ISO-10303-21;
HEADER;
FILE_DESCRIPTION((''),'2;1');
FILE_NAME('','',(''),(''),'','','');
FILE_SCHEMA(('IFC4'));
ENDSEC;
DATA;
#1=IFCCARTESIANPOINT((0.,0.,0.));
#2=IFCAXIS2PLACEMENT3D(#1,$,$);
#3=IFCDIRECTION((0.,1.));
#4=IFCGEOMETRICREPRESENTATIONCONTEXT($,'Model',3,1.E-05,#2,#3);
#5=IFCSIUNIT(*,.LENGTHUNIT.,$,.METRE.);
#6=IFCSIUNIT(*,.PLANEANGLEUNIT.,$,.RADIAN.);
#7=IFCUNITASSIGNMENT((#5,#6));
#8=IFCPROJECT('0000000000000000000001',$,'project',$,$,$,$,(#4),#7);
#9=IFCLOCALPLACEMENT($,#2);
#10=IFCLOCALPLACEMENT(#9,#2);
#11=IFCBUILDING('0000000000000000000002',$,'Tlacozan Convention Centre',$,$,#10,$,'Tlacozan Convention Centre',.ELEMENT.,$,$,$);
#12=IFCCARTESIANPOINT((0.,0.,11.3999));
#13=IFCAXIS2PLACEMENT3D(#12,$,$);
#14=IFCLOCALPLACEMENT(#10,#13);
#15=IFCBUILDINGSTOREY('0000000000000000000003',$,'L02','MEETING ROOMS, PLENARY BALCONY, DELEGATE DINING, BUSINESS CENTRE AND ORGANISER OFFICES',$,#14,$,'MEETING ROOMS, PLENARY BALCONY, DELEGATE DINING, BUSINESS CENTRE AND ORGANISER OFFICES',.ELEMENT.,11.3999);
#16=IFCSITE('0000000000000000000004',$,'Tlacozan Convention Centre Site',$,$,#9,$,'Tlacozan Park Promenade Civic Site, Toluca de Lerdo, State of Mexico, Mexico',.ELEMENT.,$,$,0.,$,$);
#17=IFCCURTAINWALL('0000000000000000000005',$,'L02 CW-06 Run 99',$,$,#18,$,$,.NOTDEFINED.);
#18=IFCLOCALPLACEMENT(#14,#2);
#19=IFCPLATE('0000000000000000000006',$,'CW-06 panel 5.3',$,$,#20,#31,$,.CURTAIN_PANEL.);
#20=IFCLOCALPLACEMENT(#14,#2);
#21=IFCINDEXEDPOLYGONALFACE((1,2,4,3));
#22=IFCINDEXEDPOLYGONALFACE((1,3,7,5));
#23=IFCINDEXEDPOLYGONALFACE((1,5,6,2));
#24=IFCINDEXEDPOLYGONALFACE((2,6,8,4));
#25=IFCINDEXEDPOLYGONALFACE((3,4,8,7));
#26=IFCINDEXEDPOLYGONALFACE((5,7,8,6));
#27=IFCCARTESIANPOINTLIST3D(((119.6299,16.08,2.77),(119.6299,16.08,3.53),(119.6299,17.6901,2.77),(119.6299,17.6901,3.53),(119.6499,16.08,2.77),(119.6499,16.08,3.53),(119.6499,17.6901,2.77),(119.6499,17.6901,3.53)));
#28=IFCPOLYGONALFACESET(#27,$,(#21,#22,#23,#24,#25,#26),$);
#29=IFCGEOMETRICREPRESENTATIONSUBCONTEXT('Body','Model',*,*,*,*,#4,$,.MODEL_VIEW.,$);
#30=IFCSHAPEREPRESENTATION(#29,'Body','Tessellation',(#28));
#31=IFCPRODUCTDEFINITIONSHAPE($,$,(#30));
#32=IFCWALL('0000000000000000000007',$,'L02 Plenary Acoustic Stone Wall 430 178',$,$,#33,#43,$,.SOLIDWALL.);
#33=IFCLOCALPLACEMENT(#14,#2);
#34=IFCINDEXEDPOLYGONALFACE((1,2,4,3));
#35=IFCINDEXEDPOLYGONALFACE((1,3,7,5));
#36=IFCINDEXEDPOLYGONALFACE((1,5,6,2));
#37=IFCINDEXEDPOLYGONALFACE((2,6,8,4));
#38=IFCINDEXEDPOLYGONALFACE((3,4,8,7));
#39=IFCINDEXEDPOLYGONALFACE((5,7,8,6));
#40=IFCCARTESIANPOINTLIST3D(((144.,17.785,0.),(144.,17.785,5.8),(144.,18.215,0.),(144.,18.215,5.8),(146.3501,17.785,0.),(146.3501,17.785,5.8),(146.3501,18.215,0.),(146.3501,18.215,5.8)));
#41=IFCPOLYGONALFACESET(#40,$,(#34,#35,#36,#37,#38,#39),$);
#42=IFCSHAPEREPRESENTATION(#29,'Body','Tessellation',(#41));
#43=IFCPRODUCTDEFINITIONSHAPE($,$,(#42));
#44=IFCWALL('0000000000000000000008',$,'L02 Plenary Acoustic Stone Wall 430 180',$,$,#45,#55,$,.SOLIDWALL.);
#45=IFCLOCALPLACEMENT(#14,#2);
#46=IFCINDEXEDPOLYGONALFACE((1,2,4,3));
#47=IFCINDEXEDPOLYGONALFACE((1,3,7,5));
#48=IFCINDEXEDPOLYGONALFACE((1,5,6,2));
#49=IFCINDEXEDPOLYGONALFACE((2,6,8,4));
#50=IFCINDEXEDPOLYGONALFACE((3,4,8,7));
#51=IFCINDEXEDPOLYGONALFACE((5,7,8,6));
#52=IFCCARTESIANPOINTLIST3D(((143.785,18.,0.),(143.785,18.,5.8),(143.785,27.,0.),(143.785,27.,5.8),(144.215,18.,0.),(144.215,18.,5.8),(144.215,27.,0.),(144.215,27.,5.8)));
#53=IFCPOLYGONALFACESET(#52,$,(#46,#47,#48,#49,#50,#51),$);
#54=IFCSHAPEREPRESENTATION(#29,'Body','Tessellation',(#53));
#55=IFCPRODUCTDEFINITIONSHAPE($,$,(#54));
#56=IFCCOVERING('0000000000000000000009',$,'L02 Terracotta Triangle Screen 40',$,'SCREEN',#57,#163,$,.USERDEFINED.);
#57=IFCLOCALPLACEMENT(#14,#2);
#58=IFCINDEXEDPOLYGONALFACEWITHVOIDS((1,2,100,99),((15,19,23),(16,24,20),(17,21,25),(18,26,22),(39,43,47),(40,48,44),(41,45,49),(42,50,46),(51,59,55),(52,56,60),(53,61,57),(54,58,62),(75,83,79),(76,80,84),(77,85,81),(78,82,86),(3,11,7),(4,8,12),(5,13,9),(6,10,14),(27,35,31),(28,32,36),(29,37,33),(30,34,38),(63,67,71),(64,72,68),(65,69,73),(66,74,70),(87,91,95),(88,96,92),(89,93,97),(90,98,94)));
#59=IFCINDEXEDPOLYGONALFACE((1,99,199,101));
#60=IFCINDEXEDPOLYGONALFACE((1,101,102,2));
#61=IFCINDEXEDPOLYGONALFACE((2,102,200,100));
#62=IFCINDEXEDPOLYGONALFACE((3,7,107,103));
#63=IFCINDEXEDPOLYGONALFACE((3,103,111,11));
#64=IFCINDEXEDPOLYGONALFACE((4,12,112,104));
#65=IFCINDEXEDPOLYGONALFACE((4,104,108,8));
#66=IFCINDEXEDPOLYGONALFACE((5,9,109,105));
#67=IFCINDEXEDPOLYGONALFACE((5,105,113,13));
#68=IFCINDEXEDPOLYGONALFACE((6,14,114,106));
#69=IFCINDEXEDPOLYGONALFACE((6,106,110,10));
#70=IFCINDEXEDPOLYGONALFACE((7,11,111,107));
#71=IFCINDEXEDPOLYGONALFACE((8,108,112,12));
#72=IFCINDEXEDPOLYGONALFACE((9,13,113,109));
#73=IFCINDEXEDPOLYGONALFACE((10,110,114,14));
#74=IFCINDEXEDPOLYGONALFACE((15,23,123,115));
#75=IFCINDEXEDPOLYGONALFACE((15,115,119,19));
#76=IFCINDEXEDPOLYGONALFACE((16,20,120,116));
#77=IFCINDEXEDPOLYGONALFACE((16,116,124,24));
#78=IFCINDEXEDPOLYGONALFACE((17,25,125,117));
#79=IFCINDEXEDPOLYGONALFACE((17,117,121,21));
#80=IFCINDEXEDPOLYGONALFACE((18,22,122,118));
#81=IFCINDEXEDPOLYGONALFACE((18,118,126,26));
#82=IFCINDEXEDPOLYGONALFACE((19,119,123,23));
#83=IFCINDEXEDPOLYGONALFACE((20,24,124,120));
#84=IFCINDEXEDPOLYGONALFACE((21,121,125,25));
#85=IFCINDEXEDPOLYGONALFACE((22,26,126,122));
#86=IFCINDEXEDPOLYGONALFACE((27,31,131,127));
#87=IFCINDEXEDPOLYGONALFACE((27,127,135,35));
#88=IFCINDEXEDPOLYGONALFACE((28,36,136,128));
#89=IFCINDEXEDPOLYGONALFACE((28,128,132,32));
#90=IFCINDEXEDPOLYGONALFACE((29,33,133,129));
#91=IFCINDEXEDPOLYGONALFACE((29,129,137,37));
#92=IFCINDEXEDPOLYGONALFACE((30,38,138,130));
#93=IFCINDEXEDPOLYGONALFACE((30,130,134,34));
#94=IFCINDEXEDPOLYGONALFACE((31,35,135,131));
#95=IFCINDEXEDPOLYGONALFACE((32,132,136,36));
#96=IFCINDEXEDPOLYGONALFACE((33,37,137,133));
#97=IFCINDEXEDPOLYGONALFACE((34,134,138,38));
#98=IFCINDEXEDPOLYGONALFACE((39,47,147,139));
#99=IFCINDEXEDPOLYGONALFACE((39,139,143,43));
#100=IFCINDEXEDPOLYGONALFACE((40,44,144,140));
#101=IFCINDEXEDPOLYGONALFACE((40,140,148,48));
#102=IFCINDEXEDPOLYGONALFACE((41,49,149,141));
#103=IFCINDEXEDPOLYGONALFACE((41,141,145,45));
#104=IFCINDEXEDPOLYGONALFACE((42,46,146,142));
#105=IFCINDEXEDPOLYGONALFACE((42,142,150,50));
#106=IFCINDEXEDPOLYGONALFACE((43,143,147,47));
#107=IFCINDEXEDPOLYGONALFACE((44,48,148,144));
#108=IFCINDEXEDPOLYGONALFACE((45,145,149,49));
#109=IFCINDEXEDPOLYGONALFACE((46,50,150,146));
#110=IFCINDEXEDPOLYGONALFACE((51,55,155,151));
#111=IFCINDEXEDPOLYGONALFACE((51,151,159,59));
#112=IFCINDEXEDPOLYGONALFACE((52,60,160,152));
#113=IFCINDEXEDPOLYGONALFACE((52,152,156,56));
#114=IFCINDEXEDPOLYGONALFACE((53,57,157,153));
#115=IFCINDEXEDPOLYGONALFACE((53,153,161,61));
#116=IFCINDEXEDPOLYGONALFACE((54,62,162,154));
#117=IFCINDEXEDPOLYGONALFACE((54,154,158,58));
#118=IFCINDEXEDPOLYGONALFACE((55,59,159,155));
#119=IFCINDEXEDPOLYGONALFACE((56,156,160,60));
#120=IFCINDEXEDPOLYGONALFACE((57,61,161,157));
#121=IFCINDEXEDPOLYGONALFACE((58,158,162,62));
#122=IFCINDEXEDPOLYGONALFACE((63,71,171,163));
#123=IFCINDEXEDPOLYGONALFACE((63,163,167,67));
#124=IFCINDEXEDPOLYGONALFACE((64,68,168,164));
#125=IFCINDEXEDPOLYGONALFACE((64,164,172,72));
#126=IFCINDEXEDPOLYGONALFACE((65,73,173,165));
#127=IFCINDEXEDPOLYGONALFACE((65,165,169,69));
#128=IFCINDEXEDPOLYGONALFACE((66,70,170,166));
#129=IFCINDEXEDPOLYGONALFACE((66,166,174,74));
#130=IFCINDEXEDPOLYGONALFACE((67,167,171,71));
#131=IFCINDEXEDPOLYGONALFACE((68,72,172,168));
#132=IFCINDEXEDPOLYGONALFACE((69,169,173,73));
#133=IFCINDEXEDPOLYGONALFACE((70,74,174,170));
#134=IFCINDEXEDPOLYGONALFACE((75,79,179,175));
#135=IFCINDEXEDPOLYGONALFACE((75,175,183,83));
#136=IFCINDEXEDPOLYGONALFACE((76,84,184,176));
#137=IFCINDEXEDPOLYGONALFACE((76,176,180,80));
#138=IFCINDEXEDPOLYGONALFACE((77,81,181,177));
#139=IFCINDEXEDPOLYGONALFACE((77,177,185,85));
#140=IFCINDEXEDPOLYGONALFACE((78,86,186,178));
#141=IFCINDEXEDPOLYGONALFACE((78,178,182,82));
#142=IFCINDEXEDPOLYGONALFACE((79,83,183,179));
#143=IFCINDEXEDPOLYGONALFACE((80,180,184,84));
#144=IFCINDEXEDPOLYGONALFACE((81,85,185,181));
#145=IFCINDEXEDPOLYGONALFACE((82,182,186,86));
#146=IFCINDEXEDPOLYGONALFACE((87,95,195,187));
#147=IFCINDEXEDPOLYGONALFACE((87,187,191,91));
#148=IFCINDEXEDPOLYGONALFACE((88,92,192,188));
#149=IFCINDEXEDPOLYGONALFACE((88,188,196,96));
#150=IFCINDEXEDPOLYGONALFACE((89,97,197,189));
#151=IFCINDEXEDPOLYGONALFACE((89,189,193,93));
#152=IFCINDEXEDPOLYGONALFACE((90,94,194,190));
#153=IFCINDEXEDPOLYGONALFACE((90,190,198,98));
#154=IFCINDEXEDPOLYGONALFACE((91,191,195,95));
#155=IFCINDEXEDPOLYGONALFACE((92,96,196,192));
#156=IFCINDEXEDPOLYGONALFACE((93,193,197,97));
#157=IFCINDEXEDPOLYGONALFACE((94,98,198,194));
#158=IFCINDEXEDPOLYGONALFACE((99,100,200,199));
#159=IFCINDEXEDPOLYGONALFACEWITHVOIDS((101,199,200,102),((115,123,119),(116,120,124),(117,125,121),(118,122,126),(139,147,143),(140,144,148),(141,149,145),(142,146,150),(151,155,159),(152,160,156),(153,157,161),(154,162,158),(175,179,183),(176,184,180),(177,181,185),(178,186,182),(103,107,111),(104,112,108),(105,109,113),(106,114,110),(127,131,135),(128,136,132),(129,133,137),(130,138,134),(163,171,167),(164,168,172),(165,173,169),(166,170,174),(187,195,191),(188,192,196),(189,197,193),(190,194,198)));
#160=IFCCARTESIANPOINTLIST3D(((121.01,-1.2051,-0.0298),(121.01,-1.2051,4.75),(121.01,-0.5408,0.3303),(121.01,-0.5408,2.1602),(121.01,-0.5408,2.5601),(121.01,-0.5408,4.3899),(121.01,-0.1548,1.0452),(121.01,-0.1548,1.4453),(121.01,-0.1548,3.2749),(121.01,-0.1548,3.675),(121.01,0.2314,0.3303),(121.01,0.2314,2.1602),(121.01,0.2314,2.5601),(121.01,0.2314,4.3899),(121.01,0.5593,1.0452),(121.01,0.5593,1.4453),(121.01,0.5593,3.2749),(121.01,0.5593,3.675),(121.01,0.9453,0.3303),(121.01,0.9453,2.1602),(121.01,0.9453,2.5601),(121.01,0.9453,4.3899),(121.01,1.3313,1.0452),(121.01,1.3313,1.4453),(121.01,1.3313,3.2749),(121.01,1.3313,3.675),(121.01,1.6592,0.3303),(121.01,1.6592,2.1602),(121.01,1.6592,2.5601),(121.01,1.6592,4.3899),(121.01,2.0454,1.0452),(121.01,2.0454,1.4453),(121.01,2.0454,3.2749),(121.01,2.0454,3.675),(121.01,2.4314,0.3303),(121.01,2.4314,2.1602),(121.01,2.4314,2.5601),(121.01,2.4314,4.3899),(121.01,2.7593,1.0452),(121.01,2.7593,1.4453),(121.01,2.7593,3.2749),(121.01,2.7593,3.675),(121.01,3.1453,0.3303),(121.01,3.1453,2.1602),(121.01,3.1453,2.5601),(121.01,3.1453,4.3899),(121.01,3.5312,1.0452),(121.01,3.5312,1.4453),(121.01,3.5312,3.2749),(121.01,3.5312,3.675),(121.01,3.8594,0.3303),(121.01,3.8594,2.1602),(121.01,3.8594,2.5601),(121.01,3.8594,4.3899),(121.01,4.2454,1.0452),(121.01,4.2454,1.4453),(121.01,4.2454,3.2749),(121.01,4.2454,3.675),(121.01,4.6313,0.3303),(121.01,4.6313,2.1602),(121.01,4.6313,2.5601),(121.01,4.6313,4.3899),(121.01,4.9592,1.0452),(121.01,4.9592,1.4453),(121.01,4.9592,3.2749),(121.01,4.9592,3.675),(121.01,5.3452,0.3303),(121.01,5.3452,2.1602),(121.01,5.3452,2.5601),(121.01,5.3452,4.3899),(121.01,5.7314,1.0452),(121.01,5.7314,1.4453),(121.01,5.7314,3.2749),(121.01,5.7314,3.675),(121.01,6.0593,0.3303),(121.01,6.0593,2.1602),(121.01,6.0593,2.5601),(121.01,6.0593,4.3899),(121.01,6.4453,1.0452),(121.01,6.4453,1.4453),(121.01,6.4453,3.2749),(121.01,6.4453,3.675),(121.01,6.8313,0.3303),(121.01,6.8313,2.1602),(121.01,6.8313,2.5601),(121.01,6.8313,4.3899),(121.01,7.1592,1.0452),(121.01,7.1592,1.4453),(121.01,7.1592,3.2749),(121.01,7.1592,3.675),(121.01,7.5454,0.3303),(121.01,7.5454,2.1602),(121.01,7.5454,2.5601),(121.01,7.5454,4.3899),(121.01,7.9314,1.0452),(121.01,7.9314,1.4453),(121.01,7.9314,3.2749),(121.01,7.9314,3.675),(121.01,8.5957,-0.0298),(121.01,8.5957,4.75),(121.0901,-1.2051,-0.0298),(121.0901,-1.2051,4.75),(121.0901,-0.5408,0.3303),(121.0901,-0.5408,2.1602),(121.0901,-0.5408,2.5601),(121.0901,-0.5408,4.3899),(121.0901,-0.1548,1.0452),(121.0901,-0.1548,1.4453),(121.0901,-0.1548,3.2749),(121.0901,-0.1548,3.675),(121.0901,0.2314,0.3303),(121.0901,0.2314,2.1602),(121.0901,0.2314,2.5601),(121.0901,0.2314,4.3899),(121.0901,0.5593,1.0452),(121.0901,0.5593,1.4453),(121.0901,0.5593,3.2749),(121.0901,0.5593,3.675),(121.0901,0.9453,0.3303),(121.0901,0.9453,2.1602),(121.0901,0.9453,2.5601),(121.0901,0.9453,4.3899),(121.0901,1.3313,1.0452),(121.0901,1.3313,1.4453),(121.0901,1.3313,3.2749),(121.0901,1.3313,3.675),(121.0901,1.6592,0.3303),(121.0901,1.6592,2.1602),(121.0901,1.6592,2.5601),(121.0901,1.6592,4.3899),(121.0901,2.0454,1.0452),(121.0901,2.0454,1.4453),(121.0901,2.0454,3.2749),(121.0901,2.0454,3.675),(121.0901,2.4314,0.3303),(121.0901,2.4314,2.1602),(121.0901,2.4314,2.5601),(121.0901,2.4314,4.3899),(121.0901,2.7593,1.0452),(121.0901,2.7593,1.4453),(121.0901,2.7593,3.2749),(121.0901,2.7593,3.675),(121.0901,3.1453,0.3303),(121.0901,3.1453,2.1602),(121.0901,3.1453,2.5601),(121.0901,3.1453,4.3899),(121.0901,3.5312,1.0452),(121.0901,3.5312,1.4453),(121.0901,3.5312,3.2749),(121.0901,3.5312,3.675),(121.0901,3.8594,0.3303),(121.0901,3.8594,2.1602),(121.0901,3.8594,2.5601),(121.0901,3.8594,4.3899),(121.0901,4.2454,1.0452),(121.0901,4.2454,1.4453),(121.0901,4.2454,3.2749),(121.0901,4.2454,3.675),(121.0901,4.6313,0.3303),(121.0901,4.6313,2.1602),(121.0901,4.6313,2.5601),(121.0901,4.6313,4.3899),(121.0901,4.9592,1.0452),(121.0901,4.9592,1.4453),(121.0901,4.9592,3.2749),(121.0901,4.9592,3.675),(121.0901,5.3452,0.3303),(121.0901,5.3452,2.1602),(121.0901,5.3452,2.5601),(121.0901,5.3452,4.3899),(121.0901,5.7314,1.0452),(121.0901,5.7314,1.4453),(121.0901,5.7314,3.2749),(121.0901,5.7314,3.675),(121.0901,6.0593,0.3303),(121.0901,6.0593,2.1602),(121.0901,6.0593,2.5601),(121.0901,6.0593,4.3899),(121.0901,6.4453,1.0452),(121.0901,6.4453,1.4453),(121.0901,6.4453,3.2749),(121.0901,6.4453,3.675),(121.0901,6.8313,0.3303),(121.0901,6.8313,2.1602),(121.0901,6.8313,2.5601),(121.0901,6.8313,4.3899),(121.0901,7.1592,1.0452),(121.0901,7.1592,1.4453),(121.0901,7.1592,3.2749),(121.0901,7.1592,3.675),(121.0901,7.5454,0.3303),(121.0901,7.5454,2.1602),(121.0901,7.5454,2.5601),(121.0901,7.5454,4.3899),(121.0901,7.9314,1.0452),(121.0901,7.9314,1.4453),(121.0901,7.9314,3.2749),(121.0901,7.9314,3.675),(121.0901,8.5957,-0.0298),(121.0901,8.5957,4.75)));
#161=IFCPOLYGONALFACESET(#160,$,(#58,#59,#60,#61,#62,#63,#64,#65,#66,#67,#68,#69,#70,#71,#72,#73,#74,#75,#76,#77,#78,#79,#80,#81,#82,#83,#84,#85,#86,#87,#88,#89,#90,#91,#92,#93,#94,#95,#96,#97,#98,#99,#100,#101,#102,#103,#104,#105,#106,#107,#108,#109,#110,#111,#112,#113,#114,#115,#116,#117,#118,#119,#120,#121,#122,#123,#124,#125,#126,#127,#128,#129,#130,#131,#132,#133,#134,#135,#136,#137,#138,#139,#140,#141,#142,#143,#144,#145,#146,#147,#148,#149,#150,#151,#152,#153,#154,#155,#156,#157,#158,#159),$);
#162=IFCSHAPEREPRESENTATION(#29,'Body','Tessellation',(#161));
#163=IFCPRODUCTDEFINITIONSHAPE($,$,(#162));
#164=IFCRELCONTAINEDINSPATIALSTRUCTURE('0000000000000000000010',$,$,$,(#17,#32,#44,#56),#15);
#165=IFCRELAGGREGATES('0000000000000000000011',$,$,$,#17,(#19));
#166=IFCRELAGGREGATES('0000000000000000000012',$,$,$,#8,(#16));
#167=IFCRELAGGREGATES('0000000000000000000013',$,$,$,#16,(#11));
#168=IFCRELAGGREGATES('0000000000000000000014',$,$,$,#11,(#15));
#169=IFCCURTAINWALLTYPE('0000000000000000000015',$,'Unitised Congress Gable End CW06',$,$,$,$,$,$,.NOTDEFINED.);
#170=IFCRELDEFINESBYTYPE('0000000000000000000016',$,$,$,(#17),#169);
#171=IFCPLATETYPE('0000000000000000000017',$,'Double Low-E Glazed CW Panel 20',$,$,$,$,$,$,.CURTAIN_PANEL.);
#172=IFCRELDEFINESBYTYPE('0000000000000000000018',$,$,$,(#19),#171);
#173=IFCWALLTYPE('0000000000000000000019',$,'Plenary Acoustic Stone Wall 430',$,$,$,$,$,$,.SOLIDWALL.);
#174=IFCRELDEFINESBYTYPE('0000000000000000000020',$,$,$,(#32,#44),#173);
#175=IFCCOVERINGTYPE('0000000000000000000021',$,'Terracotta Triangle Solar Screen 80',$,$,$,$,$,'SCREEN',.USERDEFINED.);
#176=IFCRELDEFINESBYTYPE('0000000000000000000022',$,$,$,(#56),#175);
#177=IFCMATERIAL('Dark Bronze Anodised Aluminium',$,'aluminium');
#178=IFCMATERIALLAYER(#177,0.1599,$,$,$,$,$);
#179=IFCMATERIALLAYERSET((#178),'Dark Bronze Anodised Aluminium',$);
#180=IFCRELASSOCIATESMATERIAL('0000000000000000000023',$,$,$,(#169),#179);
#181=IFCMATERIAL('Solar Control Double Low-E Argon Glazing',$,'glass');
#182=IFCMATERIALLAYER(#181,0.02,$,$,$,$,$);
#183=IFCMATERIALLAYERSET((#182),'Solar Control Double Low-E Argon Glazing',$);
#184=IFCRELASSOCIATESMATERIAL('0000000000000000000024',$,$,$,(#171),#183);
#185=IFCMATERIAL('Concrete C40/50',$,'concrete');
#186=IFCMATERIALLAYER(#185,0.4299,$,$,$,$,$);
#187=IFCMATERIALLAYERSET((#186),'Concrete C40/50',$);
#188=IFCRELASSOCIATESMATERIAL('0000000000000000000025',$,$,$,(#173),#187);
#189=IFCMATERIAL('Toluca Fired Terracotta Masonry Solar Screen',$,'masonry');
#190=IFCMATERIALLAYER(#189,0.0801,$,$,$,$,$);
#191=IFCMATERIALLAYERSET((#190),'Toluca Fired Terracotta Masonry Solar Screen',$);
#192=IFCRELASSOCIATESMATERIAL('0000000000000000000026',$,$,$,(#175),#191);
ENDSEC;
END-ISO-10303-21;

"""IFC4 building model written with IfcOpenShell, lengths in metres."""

from ifc_helpers import new_model, si_unit, direction, frame, frame_2d, origin, origin_2d, place, context, subcontext, project, spatial, polyline, rectangle, outline, extrude, material, layer, layer_set, type_object, element, aggregate, save


model = new_model("IFC4")

# Units and contexts
model_context = context("Model", 3, precision=1e-05, world=origin(), true_north=direction((0.0, 1.0)))
body_context = subcontext(model_context, "Body", "Model", "MODEL_VIEW")
ifc_project = project(units=[si_unit("LENGTHUNIT", "METRE"), si_unit("PLANEANGLEUNIT", "RADIAN")], contexts=[model_context])

# Site, building, storey
site_placement = place(None, origin())
site = spatial("IfcSite", under=ifc_project, at=site_placement, Name="Tlacozan Convention Centre Site", LongName="Tlacozan Park Promenade Civic Site, Toluca de Lerdo, State of Mexico, Mexico", CompositionType="ELEMENT", RefElevation=0.0)
building_placement = place(site_placement, origin())
building = spatial("IfcBuilding", under=site, at=building_placement, Name="Tlacozan Convention Centre", LongName="Tlacozan Convention Centre", CompositionType="ELEMENT")
storey_placement = place(building_placement, frame((0.0, 0.0, 11.3999)))
storey = spatial("IfcBuildingStorey", under=building, at=storey_placement, Name="L02", Description="MEETING ROOMS, PLENARY BALCONY, DELEGATE DINING, BUSINESS CENTRE AND ORGANISER OFFICES", LongName="MEETING ROOMS, PLENARY BALCONY, DELEGATE DINING, BUSINESS CENTRE AND ORGANISER OFFICES", CompositionType="ELEMENT", Elevation=11.3999)

# Shared definitions
ifc_material_1 = material(Name="Concrete C40/50", Category="concrete")

# Curtain wall
ifc_material_2 = material(Name="Dark Bronze Anodised Aluminium", Category="aluminium")
ifc_layer_1 = layer(ifc_material_2, 0.1599)
ifc_layer_set_1 = layer_set([ifc_layer_1], Name="Dark Bronze Anodised Aluminium")
curtain_wall_type_1 = type_object("IfcCurtainWallType", Name="Unitised Congress Gable End CW06", PredefinedType="NOTDEFINED", material=ifc_layer_set_1)
curtain_wall_1_placement = place(storey_placement, origin())
curtain_wall_1 = element("IfcCurtainWall", 1, at=curtain_wall_1_placement, inside=storey, type_object=curtain_wall_type_1, Name="L02 CW-06 Run 99", PredefinedType="NOTDEFINED")

# Plate
ifc_material_3 = material(Name="Solar Control Double Low-E Argon Glazing", Category="glass")
ifc_layer_2 = layer(ifc_material_3, 0.02)
ifc_layer_set_2 = layer_set([ifc_layer_2], Name="Solar Control Double Low-E Argon Glazing")
plate_type_1 = type_object("IfcPlateType", Name="Double Low-E Glazed CW Panel 20", PredefinedType="CURTAIN_PANEL", material=ifc_layer_set_2)
plate_1_placement = place(storey_placement, frame((119.6399, 16.885, 2.77), z_axis=(0.0, 0.0, 1.0), x_axis=(0.0, 1.0, 0.0)))
plate_1 = element("IfcPlate", 2, at=plate_1_placement, type_object=plate_type_1, Name="CW-06 panel 5.3", PredefinedType="CURTAIN_PANEL", context=body_context, shape_type="SweptSolid", body=[
    extrude(rectangle(XDim=1.6101, YDim=0.02, at=origin_2d()), origin(), (0.0, 0.0, 1.0), 0.76),
])
aggregate(curtain_wall_1, [plate_1])

# Walls
ifc_layer_3 = layer(ifc_material_1, 0.4299)
ifc_layer_set_3 = layer_set([ifc_layer_3], Name="Concrete C40/50")
wall_type = type_object("IfcWallType", Name="Plenary Acoustic Stone Wall 430", PredefinedType="SOLIDWALL", material=ifc_layer_set_3)
wall_1_placement = place(storey_placement, frame((144.0, 18.0, 0.0), z_axis=(0.0, 0.0, 1.0), x_axis=(1.0, 0.0, 0.0)))
element("IfcWall", 3, at=wall_1_placement, inside=storey, type_object=wall_type, Name="L02 Plenary Acoustic Stone Wall 430 178", PredefinedType="SOLIDWALL", context=body_context, shape_type="SweptSolid", body=[
    extrude(rectangle(XDim=2.3501, YDim=0.4299, at=frame_2d((1.175, 0.0))), origin(), (0.0, 0.0, 1.0), 5.8),
])
wall_2_placement = place(storey_placement, frame((144.0, 18.0, 0.0), z_axis=(0.0, 0.0, 1.0), x_axis=(0.0, 1.0, 0.0)))
element("IfcWall", 4, at=wall_2_placement, inside=storey, type_object=wall_type, Name="L02 Plenary Acoustic Stone Wall 430 180", PredefinedType="SOLIDWALL", context=body_context, shape_type="SweptSolid", body=[
    extrude(rectangle(XDim=9.0, YDim=0.4299, at=frame_2d((4.5, 0.0))), origin(), (0.0, 0.0, 1.0), 5.8),
])

# Covering
ifc_material_4 = material(Name="Toluca Fired Terracotta Masonry Solar Screen", Category="masonry")
ifc_layer_4 = layer(ifc_material_4, 0.0801)
ifc_layer_set_4 = layer_set([ifc_layer_4], Name="Toluca Fired Terracotta Masonry Solar Screen")
covering_type = type_object("IfcCoveringType", Name="Terracotta Triangle Solar Screen 80", ElementType="SCREEN", PredefinedType="USERDEFINED", material=ifc_layer_set_4)
covering_1_placement = place(storey_placement, frame((121.05, -1.2051, -0.0298), z_axis=(0.0, 0.0, 1.0), x_axis=(0.0, 1.0, 0.0)))
element("IfcCovering", 5, at=covering_1_placement, inside=storey, type_object=covering_type, Name="L02 Terracotta Triangle Screen 40", ObjectType="SCREEN", PredefinedType="USERDEFINED", context=body_context, shape_type="SweptSolid", body=[
    extrude(outline(polyline([(0.0, 0.0), (9.8008, 0.0), (9.8008, 4.7798), (0.0, 4.7798), (0.0, 0.0)]), holes=[polyline([(0.6643, 0.3601), (1.4365, 0.3601), (1.0503, 1.075), (0.6643, 0.3601)]), polyline([(1.7644, 1.075), (2.5364, 1.075), (2.1504, 0.3601), (1.7644, 1.075)]), polyline([(2.8643, 0.3601), (3.6365, 0.3601), (3.2505, 1.075), (2.8643, 0.3601)]), polyline([(3.9644, 1.075), (4.7363, 1.075), (4.3503, 0.3601), (3.9644, 1.075)]), polyline([(5.0645, 0.3601), (5.8364, 0.3601), (5.4504, 1.075), (5.0645, 0.3601)]), polyline([(6.1643, 1.075), (6.9365, 1.075), (6.5503, 0.3601), (6.1643, 1.075)]), polyline([(7.2644, 0.3601), (8.0364, 0.3601), (7.6504, 1.075), (7.2644, 0.3601)]), polyline([(8.3643, 1.075), (9.1365, 1.075), (8.7505, 0.3601), (8.3643, 1.075)]), polyline([(0.6643, 2.1899), (1.4365, 2.1899), (1.0503, 1.4751), (0.6643, 2.1899)]), polyline([(1.7644, 1.4751), (2.5364, 1.4751), (2.1504, 2.1899), (1.7644, 1.4751)]), polyline([(2.8643, 2.1899), (3.6365, 2.1899), (3.2505, 1.4751), (2.8643, 2.1899)]), polyline([(3.9644, 1.4751), (4.7363, 1.4751), (4.3503, 2.1899), (3.9644, 1.4751)]), polyline([(5.0645, 2.1899), (5.8364, 2.1899), (5.4504, 1.4751), (5.0645, 2.1899)]), polyline([(6.1643, 1.4751), (6.9365, 1.4751), (6.5503, 2.1899), (6.1643, 1.4751)]), polyline([(7.2644, 2.1899), (8.0364, 2.1899), (7.6504, 1.4751), (7.2644, 2.1899)]), polyline([(8.3643, 1.4751), (9.1365, 1.4751), (8.7505, 2.1899), (8.3643, 1.4751)]), polyline([(0.6643, 2.5898), (1.4365, 2.5898), (1.0503, 3.3047), (0.6643, 2.5898)]), polyline([(1.7644, 3.3047), (2.5364, 3.3047), (2.1504, 2.5898), (1.7644, 3.3047)]), polyline([(2.8643, 2.5898), (3.6365, 2.5898), (3.2505, 3.3047), (2.8643, 2.5898)]), polyline([(3.9644, 3.3047), (4.7363, 3.3047), (4.3503, 2.5898), (3.9644, 3.3047)]), polyline([(5.0645, 2.5898), (5.8364, 2.5898), (5.4504, 3.3047), (5.0645, 2.5898)]), polyline([(6.1643, 3.3047), (6.9365, 3.3047), (6.5503, 2.5898), (6.1643, 3.3047)]), polyline([(7.2644, 2.5898), (8.0364, 2.5898), (7.6504, 3.3047), (7.2644, 2.5898)]), polyline([(8.3643, 3.3047), (9.1365, 3.3047), (8.7505, 2.5898), (8.3643, 3.3047)]), polyline([(0.6643, 4.4197), (1.4365, 4.4197), (1.0503, 3.7048), (0.6643, 4.4197)]), polyline([(1.7644, 3.7048), (2.5364, 3.7048), (2.1504, 4.4197), (1.7644, 3.7048)]), polyline([(2.8643, 4.4197), (3.6365, 4.4197), (3.2505, 3.7048), (2.8643, 4.4197)]), polyline([(3.9644, 3.7048), (4.7363, 3.7048), (4.3503, 4.4197), (3.9644, 3.7048)]), polyline([(5.0645, 4.4197), (5.8364, 4.4197), (5.4504, 3.7048), (5.0645, 4.4197)]), polyline([(6.1643, 3.7048), (6.9365, 3.7048), (6.5503, 4.4197), (6.1643, 3.7048)]), polyline([(7.2644, 4.4197), (8.0364, 4.4197), (7.6504, 3.7048), (7.2644, 4.4197)]), polyline([(8.3643, 3.7048), (9.1365, 3.7048), (8.7505, 4.4197), (8.3643, 3.7048)])]), frame((0.0, 0.04, 0.0), z_axis=(0.0, -1.0, 0.0), x_axis=(1.0, 0.0, 0.0)), (0.0, 0.0, 1.0), 0.0801),
])

save(model, "model.ifc")
